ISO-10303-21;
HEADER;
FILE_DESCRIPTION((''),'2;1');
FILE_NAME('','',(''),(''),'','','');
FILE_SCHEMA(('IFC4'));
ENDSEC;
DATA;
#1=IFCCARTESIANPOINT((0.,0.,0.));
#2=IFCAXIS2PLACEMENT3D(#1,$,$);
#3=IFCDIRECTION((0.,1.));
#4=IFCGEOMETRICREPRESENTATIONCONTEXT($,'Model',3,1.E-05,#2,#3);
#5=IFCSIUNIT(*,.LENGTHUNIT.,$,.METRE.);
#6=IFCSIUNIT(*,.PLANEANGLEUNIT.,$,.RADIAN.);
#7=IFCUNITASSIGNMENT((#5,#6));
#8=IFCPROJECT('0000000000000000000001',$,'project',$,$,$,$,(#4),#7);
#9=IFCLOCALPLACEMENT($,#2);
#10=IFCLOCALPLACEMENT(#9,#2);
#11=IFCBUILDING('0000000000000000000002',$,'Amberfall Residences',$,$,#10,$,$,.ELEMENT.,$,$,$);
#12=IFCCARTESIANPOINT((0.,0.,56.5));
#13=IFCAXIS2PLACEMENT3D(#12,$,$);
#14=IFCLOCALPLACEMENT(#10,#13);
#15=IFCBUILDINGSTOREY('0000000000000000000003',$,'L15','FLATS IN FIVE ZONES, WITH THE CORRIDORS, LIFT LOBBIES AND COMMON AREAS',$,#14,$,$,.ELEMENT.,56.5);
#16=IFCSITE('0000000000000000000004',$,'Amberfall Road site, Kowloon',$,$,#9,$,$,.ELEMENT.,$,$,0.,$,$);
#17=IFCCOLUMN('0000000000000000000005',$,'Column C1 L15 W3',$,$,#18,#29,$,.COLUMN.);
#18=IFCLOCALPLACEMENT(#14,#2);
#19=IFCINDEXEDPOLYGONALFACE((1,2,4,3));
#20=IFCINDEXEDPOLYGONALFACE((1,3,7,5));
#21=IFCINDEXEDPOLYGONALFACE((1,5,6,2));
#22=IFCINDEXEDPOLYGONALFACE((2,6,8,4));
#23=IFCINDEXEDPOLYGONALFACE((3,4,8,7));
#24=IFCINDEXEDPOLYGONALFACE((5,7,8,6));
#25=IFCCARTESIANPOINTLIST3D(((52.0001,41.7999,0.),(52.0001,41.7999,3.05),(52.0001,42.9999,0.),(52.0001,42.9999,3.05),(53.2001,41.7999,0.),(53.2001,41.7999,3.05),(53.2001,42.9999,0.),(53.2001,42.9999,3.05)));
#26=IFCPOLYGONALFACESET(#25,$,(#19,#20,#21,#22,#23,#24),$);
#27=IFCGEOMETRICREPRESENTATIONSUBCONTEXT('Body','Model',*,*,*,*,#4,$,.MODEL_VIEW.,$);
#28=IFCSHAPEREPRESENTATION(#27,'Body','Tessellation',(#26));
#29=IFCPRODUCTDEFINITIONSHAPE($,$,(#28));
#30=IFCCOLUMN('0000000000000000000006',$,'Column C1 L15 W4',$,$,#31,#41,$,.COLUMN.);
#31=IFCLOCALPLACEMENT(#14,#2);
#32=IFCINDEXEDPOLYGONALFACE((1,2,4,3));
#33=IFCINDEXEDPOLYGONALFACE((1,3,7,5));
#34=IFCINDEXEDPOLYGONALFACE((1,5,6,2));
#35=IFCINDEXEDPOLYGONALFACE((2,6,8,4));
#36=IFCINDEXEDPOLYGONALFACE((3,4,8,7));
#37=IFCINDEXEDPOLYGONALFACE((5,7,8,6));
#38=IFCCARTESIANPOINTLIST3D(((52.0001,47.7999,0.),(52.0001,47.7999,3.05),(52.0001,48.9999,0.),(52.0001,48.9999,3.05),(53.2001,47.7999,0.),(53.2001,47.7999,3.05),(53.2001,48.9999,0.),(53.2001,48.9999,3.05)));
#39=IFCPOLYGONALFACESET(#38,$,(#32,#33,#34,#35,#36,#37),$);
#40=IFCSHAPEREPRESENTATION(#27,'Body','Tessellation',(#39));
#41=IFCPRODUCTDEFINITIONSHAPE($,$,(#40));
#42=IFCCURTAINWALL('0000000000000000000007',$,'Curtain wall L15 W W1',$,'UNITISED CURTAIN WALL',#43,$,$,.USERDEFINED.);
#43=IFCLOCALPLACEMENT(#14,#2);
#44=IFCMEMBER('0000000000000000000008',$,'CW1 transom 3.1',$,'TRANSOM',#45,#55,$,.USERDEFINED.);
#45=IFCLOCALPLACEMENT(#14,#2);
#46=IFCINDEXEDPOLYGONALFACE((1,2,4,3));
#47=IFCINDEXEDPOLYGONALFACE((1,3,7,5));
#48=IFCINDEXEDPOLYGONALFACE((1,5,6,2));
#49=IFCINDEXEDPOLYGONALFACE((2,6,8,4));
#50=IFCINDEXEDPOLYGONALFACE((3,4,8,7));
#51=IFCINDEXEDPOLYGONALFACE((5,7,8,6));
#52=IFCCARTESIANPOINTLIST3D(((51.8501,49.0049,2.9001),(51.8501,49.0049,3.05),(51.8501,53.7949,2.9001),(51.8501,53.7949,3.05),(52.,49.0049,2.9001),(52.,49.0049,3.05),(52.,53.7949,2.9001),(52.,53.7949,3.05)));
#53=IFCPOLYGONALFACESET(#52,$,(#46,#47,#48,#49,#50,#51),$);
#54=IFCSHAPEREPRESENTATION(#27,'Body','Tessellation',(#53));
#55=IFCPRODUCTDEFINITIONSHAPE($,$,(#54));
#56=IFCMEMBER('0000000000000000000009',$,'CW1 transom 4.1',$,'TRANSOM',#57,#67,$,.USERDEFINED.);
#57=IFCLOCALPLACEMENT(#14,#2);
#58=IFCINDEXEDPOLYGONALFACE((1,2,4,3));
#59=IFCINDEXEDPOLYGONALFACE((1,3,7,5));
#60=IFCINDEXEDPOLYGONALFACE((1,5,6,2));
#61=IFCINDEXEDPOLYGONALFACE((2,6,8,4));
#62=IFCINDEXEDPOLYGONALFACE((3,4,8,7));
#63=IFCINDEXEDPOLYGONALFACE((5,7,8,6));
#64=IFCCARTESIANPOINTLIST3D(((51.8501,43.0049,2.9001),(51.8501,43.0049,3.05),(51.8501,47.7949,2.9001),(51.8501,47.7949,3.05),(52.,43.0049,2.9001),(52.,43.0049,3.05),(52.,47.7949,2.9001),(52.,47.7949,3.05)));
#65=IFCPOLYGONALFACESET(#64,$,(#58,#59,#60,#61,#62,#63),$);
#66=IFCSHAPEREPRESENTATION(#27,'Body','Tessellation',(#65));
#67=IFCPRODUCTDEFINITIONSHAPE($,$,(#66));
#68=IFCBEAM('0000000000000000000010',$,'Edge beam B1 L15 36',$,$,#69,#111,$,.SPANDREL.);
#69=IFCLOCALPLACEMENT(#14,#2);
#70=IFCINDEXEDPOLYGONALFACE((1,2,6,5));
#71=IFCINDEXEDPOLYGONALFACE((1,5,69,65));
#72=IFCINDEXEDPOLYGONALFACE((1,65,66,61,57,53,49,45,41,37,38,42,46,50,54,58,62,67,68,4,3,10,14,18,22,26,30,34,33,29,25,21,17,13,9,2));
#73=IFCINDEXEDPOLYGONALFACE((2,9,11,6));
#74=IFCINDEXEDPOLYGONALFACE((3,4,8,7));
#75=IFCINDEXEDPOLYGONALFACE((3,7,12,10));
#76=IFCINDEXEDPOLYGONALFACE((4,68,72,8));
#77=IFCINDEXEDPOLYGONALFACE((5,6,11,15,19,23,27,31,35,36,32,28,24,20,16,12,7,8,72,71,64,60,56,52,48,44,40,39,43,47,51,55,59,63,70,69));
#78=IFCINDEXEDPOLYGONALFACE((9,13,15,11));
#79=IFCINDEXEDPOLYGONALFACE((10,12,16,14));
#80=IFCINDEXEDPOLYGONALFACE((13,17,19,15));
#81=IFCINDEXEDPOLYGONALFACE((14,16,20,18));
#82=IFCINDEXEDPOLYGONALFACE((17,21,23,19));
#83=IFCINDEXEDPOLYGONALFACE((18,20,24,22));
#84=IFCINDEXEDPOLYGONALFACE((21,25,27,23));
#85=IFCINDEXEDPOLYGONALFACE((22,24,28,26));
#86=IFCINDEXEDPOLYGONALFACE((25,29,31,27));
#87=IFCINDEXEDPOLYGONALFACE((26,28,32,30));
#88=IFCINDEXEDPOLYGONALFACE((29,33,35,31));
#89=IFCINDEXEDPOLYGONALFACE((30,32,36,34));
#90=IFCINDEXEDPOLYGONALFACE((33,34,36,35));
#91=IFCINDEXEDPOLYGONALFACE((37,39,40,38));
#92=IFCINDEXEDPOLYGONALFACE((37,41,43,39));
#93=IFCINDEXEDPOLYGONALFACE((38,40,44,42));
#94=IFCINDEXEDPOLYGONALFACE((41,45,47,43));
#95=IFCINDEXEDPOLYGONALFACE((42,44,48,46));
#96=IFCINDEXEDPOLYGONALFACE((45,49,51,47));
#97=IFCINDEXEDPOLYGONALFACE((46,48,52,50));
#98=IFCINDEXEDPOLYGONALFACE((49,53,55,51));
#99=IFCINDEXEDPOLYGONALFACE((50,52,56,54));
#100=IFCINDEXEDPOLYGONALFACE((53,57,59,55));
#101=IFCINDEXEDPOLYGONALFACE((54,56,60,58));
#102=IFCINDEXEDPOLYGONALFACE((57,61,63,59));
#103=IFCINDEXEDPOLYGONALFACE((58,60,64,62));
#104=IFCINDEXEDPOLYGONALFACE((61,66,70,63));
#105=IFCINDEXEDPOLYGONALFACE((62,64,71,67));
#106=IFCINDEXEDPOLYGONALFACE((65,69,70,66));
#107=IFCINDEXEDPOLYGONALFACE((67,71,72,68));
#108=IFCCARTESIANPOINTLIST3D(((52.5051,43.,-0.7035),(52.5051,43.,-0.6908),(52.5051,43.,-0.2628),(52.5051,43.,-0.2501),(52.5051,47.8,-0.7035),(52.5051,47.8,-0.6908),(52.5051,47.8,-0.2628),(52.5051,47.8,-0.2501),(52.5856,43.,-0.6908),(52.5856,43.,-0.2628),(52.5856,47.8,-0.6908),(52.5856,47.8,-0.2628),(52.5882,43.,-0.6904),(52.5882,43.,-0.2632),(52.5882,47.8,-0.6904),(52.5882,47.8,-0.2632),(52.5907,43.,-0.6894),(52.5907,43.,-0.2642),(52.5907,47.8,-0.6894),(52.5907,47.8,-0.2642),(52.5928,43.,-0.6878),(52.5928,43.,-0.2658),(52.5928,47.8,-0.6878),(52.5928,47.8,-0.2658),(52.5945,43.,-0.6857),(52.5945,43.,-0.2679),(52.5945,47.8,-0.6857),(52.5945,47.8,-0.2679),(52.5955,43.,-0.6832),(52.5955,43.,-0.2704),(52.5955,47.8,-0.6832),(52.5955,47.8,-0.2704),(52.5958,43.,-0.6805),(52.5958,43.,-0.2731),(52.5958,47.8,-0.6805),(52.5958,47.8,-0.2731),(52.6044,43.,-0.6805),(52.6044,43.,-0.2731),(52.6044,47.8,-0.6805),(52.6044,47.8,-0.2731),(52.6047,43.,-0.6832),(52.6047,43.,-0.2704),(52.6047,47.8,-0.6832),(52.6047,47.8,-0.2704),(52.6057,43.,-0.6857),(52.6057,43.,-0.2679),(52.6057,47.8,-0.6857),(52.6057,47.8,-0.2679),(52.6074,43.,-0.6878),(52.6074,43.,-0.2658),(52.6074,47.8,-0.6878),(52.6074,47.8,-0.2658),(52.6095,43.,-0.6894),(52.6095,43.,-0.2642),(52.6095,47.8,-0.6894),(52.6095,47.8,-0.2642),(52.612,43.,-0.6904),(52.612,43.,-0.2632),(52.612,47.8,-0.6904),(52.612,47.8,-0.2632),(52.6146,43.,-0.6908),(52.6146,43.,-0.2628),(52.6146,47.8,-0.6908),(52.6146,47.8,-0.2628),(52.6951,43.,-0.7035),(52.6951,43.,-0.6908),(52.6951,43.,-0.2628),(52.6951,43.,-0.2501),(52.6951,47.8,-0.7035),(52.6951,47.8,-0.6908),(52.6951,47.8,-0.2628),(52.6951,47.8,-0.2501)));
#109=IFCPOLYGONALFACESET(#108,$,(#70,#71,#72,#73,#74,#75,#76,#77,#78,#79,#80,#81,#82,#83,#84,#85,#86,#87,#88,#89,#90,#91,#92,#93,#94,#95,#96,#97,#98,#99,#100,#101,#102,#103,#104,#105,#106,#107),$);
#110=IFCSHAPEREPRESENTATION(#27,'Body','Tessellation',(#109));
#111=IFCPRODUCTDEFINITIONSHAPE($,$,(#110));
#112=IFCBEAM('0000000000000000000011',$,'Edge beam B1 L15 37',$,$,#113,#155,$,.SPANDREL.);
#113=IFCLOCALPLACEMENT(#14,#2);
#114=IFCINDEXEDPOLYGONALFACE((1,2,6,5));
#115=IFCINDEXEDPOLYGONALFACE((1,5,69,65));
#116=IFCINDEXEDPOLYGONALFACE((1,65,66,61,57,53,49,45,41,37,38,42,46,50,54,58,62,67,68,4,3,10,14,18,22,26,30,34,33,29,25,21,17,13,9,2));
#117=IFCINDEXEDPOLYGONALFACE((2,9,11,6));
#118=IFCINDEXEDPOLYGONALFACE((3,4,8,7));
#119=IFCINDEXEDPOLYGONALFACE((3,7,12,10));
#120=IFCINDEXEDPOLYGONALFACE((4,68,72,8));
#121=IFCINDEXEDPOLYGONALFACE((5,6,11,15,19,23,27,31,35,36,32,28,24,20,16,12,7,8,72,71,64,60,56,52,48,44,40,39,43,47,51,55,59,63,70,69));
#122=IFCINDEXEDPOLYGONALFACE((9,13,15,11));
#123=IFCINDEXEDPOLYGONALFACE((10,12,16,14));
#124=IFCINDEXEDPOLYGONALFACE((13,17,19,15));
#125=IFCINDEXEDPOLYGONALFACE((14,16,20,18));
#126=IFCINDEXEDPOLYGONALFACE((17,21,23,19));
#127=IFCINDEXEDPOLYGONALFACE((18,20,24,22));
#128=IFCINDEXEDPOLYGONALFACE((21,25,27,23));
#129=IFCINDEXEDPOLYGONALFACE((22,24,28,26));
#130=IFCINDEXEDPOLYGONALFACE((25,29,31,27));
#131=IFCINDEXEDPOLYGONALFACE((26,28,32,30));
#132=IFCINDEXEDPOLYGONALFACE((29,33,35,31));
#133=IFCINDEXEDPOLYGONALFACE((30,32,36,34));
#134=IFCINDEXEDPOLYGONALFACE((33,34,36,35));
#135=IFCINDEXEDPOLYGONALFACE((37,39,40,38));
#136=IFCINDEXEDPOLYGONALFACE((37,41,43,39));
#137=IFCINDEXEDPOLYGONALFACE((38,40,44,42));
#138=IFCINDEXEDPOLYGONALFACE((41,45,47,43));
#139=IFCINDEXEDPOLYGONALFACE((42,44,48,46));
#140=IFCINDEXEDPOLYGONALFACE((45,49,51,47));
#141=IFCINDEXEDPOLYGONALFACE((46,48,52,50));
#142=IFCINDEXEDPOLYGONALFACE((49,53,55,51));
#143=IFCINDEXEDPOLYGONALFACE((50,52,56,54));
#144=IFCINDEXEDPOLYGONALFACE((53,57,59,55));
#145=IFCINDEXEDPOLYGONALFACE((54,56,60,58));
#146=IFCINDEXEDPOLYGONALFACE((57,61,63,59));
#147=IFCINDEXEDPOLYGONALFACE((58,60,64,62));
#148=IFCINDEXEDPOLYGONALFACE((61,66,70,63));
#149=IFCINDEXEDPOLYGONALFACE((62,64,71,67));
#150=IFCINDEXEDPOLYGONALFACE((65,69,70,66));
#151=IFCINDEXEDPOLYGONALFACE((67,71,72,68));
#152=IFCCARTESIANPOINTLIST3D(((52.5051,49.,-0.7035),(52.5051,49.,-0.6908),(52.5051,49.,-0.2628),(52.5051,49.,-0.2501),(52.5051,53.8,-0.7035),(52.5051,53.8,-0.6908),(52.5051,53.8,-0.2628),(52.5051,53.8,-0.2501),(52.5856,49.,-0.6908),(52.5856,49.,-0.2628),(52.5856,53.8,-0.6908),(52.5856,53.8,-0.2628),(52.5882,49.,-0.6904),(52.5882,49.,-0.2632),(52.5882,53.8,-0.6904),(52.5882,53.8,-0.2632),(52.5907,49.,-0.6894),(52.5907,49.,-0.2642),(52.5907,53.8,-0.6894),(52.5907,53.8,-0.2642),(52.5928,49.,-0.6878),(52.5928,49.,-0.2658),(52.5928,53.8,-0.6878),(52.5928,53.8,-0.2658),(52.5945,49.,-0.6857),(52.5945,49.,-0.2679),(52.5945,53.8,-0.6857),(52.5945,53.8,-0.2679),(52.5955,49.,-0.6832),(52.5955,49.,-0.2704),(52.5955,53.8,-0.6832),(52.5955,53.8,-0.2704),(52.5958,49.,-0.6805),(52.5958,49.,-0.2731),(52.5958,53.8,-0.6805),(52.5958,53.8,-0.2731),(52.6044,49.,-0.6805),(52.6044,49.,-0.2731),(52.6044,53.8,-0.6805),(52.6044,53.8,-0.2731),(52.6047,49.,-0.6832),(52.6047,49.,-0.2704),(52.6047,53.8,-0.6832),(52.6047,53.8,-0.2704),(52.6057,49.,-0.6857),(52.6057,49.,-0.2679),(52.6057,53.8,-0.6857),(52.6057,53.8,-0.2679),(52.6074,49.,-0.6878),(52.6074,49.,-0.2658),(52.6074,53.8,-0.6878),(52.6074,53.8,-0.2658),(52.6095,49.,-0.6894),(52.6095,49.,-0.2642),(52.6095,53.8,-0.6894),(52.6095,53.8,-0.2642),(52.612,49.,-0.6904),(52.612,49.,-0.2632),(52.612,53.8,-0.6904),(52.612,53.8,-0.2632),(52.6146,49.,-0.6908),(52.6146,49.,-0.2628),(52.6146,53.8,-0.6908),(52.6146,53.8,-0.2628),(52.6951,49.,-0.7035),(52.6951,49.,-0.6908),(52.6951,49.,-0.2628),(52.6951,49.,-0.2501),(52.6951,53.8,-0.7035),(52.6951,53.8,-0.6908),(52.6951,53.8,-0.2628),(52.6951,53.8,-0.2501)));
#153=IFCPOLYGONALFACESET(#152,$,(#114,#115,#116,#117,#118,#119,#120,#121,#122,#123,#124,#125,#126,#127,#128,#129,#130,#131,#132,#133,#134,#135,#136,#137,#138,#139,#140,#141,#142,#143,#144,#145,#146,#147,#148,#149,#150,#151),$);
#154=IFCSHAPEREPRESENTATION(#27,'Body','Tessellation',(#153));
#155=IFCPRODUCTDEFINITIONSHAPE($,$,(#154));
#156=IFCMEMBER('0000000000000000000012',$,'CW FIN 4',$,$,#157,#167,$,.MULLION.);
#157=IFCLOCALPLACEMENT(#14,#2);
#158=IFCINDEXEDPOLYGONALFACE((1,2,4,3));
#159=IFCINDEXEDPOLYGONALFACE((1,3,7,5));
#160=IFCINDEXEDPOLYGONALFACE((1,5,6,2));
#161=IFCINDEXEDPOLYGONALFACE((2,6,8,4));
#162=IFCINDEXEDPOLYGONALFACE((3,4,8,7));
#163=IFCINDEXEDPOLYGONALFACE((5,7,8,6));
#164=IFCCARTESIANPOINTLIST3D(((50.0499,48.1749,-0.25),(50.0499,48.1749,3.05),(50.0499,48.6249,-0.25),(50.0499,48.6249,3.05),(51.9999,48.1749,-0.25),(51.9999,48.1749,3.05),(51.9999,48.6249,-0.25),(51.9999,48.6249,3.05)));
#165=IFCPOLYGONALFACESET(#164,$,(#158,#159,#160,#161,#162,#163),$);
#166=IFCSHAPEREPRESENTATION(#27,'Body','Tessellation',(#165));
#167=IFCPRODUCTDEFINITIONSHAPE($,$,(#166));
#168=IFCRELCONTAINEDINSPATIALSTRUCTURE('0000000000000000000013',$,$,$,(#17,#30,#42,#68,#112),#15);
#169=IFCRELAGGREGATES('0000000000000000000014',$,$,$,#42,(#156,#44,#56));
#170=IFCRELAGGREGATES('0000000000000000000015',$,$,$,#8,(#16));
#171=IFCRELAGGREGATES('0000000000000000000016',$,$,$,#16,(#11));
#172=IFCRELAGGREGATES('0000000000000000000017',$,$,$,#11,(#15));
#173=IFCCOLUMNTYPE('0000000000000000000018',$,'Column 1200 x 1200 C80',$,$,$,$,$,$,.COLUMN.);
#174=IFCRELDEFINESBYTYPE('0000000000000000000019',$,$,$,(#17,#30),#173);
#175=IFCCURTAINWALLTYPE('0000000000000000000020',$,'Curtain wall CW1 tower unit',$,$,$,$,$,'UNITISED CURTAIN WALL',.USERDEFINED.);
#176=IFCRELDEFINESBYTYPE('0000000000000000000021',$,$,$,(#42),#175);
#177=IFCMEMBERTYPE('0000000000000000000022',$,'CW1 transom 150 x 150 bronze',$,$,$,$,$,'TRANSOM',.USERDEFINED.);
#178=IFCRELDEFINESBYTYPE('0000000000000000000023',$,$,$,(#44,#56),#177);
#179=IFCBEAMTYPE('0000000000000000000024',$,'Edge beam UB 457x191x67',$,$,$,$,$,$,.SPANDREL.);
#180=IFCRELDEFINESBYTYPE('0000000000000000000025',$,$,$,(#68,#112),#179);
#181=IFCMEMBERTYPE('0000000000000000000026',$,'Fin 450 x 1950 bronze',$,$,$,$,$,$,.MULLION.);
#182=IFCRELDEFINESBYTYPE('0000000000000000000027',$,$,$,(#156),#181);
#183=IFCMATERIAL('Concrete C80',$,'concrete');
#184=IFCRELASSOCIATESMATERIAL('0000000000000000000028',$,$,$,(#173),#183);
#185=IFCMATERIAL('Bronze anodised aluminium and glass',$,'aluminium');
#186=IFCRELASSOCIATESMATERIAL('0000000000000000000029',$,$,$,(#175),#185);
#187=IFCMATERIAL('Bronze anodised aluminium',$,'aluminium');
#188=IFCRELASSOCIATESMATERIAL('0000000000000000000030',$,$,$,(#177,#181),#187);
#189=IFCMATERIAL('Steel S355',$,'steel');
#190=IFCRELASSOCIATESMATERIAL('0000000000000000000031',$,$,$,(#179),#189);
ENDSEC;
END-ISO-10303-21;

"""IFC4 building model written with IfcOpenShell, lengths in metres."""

from ifc_helpers import new_model, si_unit, direction, frame, origin, origin_2d, place, context, subcontext, project, spatial, rectangle, i_section, extrude, material, material_profile, profile_set, type_object, element, aggregate, save


model = new_model("IFC4")

# Units and contexts
model_context = context("Model", 3, precision=1e-05, world=origin(), true_north=direction((0.0, 1.0)))
body_context = subcontext(model_context, "Body", "Model", "MODEL_VIEW")
ifc_project = project(units=[si_unit("LENGTHUNIT", "METRE"), si_unit("PLANEANGLEUNIT", "RADIAN")], contexts=[model_context])

# Site, building, storey
site_placement = place(None, origin())
site = spatial("IfcSite", under=ifc_project, at=site_placement, Name="Amberfall Road site, Kowloon", CompositionType="ELEMENT", RefElevation=0.0)
building_placement = place(site_placement, origin())
building = spatial("IfcBuilding", under=site, at=building_placement, Name="Amberfall Residences", CompositionType="ELEMENT")
storey_placement = place(building_placement, frame((0.0, 0.0, 56.5)))
storey = spatial("IfcBuildingStorey", under=building, at=storey_placement, Name="L15", Description="FLATS IN FIVE ZONES, WITH THE CORRIDORS, LIFT LOBBIES AND COMMON AREAS", CompositionType="ELEMENT", Elevation=56.5)

# Columns
ifc_material_1 = material(Name="Concrete C80", Category="concrete")
ifc_material_profile_1 = material_profile(ifc_material_1, rectangle(XDim=1.2, YDim=1.2, at=origin_2d()), Name="Column 1200 x 1200 C80")
ifc_profile_set_1 = profile_set([ifc_material_profile_1], Name="Concrete C80")
column_type = type_object("IfcColumnType", Name="Column 1200 x 1200 C80", PredefinedType="COLUMN", material=ifc_profile_set_1)
for number, where, z_axis, x_axis, name in (
    (1, (52.6001, 42.3999, 0.0), (0.0, 0.0, 1.0), (1.0, 0.0, 0.0), "Column C1 L15 W3"),
    (2, (52.6001, 48.3999, 0.0), (0.0, 0.0, 1.0), (1.0, 0.0, 0.0), "Column C1 L15 W4"),
):
    element("IfcColumn", number, at=place(storey_placement, frame(where, z_axis=z_axis, x_axis=x_axis)), inside=storey, type_object=column_type, Name=name, PredefinedType="COLUMN", context=body_context, shape_type="SweptSolid", body=[
        extrude(rectangle(XDim=1.2, YDim=1.2, at=origin_2d()), origin(), (0.0, 0.0, 1.0), 3.05),
    ])

# Curtain wall, members
ifc_material_2 = material(Name="Bronze anodised aluminium and glass", Category="aluminium")
curtain_wall_type = type_object("IfcCurtainWallType", Name="Curtain wall CW1 tower unit", ElementType="UNITISED CURTAIN WALL", PredefinedType="USERDEFINED", material=ifc_material_2)
curtain_wall_placement = place(storey_placement, origin())
curtain_wall = element("IfcCurtainWall", 3, at=curtain_wall_placement, inside=storey, type_object=curtain_wall_type, Name="Curtain wall L15 W W1", ObjectType="UNITISED CURTAIN WALL", PredefinedType="USERDEFINED")
ifc_material_3 = material(Name="Bronze anodised aluminium", Category="aluminium")
ifc_material_profile_2 = material_profile(ifc_material_3, rectangle(XDim=0.1499, YDim=0.1499, at=origin_2d()), Name="CW1 transom 150 x 150 bronze")
ifc_profile_set_2 = profile_set([ifc_material_profile_2], Name="Bronze anodised aluminium")
member_type_1 = type_object("IfcMemberType", Name="CW1 transom 150 x 150 bronze", ElementType="TRANSOM", PredefinedType="USERDEFINED", material=ifc_profile_set_2)
member_1_placement = place(storey_placement, frame((51.925, 53.7949, 2.9751), z_axis=(0.0, -1.0, 0.0), x_axis=(1.0, 0.0, 0.0)))
member_1 = element("IfcMember", 4, at=member_1_placement, type_object=member_type_1, Name="CW1 transom 3.1", ObjectType="TRANSOM", PredefinedType="USERDEFINED", context=body_context, shape_type="SweptSolid", body=[
    extrude(rectangle(XDim=0.1499, YDim=0.1499, at=origin_2d()), origin(), (0.0, 0.0, 1.0), 4.79),
])
member_2_placement = place(storey_placement, frame((51.925, 47.7949, 2.9751), z_axis=(0.0, -1.0, 0.0), x_axis=(1.0, 0.0, 0.0)))
member_2 = element("IfcMember", 5, at=member_2_placement, type_object=member_type_1, Name="CW1 transom 4.1", ObjectType="TRANSOM", PredefinedType="USERDEFINED", context=body_context, shape_type="SweptSolid", body=[
    extrude(rectangle(XDim=0.1499, YDim=0.1499, at=origin_2d()), origin(), (0.0, 0.0, 1.0), 4.79),
])

# Beams
ifc_material_4 = material(Name="Steel S355", Category="steel")
ifc_material_profile_3 = material_profile(ifc_material_4, i_section(OverallWidth=0.1899, OverallDepth=0.4534, WebThickness=0.0085, FlangeThickness=0.0127, FilletRadius=0.0103, at=origin_2d()), Name="UB 457x191x67")
ifc_profile_set_3 = profile_set([ifc_material_profile_3], Name="Steel S355")
beam_type_1 = type_object("IfcBeamType", Name="Edge beam UB 457x191x67", PredefinedType="SPANDREL", material=ifc_profile_set_3)
for number, where, z_axis, x_axis, name in (
    (6, (52.6001, 43.0, -0.4768), (0.0, 1.0, 0.0), (-1.0, 0.0, 0.0), "Edge beam B1 L15 36"),
    (7, (52.6001, 49.0, -0.4768), (0.0, 1.0, 0.0), (-1.0, 0.0, 0.0), "Edge beam B1 L15 37"),
):
    element("IfcBeam", number, at=place(storey_placement, frame(where, z_axis=z_axis, x_axis=x_axis)), inside=storey, type_object=beam_type_1, Name=name, PredefinedType="SPANDREL", context=body_context, shape_type="SweptSolid", body=[
        extrude(i_section(OverallWidth=0.1899, OverallDepth=0.4534, WebThickness=0.0085, FlangeThickness=0.0127, FilletRadius=0.0103, at=origin_2d()), origin(), (0.0, 0.0, 1.0), 4.8),
    ])

# Member
ifc_material_profile_4 = material_profile(ifc_material_3, rectangle(XDim=1.95, YDim=0.45, at=origin_2d()), Name="Fin 450 x 1950 bronze")
ifc_profile_set_4 = profile_set([ifc_material_profile_4], Name="Bronze anodised aluminium")
member_type_2 = type_object("IfcMemberType", Name="Fin 450 x 1950 bronze", PredefinedType="MULLION", material=ifc_profile_set_4)
member_3_placement = place(storey_placement, frame((51.0249, 48.3999, -0.25), z_axis=(0.0, 0.0, 1.0), x_axis=(1.0, 0.0, 0.0)))
member_3 = element("IfcMember", 8, at=member_3_placement, type_object=member_type_2, Name="CW FIN 4", PredefinedType="MULLION", context=body_context, shape_type="SweptSolid", body=[
    extrude(rectangle(XDim=1.95, YDim=0.45, at=origin_2d()), origin(), (0.0, 0.0, 1.0), 3.3),
])

aggregate(curtain_wall, [member_3, member_1, member_2])

save(model, "model.ifc")
